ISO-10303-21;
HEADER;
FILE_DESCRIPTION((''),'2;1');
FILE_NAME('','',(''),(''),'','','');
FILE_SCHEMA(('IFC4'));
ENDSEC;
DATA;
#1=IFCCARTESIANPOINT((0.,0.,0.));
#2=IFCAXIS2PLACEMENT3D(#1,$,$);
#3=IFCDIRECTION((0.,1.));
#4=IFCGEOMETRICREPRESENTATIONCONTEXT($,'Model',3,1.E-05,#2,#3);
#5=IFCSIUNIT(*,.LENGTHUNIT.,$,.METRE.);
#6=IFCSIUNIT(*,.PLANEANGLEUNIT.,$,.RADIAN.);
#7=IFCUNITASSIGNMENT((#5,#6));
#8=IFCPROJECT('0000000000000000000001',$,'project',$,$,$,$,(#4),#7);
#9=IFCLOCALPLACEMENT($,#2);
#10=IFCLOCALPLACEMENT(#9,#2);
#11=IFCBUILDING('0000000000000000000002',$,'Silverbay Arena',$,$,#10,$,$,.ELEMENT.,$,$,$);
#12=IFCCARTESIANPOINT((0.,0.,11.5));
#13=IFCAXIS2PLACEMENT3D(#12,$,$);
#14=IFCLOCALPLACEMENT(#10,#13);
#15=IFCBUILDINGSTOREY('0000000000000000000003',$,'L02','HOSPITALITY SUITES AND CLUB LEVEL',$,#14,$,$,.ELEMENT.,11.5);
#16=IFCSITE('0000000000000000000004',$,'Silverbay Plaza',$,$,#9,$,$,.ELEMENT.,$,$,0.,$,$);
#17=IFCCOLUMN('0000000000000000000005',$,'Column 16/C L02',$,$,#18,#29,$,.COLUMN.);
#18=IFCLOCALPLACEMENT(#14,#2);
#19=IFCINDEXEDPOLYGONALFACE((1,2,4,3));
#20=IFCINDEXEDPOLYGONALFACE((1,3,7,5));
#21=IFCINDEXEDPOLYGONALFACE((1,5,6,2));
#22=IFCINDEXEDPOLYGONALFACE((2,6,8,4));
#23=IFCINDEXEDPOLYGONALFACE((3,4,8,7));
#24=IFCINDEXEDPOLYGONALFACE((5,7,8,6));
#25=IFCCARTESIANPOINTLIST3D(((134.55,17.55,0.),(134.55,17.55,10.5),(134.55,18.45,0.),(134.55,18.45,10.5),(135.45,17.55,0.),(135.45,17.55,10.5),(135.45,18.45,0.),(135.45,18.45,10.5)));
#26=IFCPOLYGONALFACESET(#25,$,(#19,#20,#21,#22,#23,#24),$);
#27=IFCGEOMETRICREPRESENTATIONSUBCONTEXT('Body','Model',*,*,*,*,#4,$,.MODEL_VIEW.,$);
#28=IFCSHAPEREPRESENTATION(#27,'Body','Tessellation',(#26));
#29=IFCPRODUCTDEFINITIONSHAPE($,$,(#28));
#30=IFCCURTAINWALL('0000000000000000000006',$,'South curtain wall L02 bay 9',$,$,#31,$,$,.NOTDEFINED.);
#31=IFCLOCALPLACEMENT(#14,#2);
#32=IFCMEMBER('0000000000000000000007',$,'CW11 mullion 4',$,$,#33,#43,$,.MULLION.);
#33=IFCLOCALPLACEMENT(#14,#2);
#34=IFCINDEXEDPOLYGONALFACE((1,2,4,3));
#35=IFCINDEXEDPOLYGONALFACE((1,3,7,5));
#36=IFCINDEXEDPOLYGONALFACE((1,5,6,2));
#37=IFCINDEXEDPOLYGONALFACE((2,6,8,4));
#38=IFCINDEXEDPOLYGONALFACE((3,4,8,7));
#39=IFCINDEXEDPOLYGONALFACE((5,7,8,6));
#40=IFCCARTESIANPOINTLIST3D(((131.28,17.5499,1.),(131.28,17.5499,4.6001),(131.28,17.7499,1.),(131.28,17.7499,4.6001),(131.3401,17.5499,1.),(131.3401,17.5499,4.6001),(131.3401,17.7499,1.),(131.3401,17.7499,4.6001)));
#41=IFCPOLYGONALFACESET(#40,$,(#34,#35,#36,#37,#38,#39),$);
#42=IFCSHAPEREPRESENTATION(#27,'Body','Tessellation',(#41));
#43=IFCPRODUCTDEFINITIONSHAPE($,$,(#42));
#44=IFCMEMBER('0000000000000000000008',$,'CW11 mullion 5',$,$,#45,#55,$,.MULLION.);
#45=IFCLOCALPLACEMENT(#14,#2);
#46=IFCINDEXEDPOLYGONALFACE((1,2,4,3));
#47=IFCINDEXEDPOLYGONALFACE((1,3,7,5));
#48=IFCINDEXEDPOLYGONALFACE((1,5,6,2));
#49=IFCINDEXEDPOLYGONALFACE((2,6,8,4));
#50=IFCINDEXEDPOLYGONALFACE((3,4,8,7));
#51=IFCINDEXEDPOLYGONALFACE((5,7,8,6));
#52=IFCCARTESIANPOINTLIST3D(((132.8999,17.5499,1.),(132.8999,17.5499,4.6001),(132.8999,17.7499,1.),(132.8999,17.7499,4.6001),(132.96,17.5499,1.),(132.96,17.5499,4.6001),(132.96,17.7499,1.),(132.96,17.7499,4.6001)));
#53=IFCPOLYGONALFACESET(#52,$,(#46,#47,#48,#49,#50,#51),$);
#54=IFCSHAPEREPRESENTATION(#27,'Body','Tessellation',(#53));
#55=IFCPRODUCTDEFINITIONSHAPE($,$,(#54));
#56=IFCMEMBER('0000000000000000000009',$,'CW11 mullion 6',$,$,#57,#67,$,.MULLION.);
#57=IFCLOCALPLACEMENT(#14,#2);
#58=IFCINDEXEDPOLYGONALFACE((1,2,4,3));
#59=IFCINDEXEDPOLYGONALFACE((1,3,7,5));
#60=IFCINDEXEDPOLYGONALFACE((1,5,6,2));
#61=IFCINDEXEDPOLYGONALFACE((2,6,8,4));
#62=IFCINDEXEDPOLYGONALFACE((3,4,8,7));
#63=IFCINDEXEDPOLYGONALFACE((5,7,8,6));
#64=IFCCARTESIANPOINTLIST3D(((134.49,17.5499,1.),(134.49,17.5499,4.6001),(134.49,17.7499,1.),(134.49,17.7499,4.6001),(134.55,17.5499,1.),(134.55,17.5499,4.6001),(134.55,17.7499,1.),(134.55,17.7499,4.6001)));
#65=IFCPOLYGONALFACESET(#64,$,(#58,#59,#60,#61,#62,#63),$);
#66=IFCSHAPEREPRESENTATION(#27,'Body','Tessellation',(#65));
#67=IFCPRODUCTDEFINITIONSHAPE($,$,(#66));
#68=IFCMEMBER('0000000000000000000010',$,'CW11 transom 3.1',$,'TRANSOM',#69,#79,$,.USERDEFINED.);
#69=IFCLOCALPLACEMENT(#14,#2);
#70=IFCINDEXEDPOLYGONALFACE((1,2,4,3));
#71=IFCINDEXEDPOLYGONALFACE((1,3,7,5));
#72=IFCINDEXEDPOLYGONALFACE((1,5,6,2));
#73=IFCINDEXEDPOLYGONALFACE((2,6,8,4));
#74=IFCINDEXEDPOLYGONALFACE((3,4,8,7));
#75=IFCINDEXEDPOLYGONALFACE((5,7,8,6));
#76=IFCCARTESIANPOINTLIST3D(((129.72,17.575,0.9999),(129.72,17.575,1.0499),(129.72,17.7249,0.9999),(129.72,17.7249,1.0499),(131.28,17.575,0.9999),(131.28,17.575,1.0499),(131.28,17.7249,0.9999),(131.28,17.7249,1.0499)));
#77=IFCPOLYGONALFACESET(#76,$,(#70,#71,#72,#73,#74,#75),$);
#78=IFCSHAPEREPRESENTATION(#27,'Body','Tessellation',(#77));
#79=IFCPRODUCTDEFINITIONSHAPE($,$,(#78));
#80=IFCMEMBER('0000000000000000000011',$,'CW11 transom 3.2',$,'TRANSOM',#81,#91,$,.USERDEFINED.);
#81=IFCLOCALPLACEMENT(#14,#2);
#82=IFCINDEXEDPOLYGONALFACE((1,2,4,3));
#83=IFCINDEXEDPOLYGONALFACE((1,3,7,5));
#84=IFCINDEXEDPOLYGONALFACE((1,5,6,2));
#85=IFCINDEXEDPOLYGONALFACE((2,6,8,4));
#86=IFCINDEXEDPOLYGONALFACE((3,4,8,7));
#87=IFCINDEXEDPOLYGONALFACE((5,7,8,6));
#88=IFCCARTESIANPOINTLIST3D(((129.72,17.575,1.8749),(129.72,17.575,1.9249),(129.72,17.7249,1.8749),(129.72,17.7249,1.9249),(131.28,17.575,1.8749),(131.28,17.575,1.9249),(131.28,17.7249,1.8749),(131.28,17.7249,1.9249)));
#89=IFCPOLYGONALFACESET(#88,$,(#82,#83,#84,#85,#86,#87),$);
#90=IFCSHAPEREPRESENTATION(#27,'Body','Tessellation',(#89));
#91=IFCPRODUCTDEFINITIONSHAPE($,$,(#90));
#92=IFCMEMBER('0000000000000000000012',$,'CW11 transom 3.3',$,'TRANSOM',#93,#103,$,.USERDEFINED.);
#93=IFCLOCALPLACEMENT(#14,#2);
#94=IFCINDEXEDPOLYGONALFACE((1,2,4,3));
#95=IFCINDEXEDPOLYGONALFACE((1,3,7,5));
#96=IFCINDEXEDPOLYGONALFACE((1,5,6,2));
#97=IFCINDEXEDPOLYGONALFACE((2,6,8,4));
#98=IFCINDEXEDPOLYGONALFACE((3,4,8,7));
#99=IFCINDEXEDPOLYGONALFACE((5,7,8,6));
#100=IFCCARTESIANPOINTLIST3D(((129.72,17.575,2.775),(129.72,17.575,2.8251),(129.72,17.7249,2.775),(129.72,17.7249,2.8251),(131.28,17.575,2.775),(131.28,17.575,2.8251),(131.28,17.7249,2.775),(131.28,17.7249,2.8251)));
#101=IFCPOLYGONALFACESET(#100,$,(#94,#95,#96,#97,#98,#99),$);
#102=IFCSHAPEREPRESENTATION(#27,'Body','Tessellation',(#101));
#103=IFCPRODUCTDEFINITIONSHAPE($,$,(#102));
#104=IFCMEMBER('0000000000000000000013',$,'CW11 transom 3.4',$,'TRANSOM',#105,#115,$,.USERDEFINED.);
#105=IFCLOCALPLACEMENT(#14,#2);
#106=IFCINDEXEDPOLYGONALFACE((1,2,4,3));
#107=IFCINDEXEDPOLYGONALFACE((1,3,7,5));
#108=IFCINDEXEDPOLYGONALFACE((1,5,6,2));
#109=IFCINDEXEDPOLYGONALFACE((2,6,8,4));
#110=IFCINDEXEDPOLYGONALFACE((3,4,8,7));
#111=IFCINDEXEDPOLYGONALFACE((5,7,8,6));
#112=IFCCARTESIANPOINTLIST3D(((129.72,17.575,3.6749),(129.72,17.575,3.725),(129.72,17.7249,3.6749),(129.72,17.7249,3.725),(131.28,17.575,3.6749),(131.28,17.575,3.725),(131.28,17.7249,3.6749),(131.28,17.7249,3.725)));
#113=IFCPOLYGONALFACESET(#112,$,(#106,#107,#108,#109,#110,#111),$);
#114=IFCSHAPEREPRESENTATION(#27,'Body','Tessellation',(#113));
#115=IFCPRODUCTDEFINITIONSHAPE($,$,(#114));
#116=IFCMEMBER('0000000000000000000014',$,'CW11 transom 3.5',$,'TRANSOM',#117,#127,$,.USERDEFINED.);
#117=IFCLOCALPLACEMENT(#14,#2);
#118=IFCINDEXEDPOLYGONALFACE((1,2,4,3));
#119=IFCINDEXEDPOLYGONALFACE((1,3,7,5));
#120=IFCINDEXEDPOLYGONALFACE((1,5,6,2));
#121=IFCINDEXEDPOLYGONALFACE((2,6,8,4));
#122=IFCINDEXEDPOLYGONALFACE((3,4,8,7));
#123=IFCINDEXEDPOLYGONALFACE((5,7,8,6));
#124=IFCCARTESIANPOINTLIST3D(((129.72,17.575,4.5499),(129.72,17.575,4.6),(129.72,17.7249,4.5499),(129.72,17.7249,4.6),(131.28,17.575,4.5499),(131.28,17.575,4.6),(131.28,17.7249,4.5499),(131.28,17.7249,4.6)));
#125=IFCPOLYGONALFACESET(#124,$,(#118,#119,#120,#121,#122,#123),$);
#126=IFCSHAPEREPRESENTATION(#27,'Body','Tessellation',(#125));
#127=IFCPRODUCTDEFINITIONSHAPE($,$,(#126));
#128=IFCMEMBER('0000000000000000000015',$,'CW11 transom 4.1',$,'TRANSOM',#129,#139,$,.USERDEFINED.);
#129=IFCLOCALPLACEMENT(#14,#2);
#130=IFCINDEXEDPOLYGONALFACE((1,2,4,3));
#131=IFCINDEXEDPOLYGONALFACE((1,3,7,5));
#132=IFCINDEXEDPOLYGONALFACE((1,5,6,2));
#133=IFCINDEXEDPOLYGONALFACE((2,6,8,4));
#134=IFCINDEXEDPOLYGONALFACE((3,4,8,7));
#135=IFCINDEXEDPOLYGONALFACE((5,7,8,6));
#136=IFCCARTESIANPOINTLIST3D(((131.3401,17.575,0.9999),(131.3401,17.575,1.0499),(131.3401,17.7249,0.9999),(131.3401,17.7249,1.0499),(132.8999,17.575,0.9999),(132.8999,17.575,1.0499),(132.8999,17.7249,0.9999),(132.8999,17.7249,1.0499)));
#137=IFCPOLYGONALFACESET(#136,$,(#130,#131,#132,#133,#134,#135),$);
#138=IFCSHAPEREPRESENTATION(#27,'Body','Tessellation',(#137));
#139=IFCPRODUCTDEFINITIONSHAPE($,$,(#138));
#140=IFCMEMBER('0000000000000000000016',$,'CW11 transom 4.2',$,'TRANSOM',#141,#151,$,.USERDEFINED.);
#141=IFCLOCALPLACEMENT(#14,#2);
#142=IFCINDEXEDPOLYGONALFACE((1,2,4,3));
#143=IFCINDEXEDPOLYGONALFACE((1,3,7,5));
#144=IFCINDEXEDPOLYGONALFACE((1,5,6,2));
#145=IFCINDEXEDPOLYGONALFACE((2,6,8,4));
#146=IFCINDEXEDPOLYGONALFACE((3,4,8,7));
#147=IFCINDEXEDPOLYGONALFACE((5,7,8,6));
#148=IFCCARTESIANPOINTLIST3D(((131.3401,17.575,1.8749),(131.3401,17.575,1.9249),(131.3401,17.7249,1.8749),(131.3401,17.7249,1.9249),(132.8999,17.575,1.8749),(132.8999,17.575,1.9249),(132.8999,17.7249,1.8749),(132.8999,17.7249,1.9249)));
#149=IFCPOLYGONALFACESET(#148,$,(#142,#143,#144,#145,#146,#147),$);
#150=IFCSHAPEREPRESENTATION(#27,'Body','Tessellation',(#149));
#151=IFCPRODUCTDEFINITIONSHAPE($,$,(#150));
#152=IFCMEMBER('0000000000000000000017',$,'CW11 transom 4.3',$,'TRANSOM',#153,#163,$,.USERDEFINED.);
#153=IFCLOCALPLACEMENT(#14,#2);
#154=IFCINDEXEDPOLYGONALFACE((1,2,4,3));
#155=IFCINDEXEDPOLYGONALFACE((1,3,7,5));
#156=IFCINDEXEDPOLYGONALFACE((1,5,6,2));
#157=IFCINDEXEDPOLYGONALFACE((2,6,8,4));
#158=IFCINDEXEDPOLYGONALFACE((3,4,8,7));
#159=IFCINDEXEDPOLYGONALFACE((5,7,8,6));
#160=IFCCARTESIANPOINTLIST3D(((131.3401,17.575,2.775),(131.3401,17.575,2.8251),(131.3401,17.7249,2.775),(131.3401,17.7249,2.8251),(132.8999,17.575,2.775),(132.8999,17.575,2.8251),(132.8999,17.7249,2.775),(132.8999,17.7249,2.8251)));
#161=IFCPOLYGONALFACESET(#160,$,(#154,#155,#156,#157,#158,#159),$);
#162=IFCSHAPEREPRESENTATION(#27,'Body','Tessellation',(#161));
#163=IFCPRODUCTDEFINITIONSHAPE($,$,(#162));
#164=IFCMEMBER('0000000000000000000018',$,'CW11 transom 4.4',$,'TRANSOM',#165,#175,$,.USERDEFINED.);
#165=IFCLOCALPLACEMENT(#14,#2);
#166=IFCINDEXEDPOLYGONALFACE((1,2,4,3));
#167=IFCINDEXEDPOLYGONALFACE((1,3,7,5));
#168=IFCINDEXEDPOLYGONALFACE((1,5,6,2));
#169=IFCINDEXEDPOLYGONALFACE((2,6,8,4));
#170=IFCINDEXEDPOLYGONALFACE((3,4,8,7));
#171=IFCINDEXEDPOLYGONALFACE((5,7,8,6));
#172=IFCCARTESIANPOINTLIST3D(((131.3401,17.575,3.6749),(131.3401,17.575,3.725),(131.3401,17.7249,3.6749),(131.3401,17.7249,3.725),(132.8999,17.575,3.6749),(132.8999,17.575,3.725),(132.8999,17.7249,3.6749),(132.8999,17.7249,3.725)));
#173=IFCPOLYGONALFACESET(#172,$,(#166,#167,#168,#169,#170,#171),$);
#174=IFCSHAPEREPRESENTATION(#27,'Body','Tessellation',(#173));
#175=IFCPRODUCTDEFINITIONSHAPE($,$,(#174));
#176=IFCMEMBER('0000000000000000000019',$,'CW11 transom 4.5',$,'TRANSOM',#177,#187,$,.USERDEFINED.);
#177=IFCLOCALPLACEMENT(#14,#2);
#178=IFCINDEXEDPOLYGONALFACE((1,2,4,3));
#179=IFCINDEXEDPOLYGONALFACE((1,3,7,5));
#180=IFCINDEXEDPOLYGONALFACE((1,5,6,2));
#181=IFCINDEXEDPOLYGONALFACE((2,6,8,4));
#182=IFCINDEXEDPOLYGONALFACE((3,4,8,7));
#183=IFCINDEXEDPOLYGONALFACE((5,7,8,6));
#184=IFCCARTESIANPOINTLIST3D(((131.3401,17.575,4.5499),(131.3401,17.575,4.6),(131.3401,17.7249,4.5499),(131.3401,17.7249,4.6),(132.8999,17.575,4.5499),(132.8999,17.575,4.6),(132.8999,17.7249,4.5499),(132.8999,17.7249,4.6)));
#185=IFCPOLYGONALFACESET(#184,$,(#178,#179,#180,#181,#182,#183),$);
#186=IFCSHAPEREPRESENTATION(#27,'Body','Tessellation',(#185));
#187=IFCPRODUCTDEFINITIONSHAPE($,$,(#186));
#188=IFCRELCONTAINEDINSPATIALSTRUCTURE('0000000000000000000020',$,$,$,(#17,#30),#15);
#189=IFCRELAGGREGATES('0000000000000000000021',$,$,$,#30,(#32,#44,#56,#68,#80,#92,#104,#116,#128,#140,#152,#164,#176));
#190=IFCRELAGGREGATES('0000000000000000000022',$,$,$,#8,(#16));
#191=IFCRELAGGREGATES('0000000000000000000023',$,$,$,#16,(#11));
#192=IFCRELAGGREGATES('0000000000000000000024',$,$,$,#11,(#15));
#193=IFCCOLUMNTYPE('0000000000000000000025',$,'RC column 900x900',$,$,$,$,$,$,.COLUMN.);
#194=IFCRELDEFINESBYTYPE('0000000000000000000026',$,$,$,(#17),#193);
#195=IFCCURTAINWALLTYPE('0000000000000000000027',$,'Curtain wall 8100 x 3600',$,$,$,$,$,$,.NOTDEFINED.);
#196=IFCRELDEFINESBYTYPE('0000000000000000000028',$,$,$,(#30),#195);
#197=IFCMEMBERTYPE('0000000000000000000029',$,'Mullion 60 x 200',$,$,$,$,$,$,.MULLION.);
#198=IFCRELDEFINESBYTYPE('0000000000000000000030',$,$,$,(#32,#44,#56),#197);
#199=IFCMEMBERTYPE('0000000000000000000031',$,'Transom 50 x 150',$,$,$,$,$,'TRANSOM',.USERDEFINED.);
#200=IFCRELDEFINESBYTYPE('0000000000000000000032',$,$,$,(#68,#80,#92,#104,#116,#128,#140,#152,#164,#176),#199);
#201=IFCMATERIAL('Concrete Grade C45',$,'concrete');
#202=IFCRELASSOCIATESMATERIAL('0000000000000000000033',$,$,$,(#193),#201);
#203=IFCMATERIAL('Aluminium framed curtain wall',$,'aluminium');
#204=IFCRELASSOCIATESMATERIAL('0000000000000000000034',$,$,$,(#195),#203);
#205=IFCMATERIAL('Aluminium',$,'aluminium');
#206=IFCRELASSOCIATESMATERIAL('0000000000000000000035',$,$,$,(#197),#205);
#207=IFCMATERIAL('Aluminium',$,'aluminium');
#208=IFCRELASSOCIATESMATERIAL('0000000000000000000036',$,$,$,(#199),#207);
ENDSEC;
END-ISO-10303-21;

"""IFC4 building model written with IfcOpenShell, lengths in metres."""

from ifc_helpers import new_model, si_unit, direction, frame, origin, origin_2d, place, context, subcontext, project, spatial, rectangle, extrude, material, material_profile, profile_set, type_object, element, aggregate, save


model = new_model("IFC4")

# Units and contexts
model_context = context("Model", 3, precision=1e-05, world=origin(), true_north=direction((0.0, 1.0)))
body_context = subcontext(model_context, "Body", "Model", "MODEL_VIEW")
ifc_project = project(units=[si_unit("LENGTHUNIT", "METRE"), si_unit("PLANEANGLEUNIT", "RADIAN")], contexts=[model_context])

# Site, building, storey
site_placement = place(None, origin())
site = spatial("IfcSite", under=ifc_project, at=site_placement, Name="Silverbay Plaza", CompositionType="ELEMENT", RefElevation=0.0)
building_placement = place(site_placement, origin())
building = spatial("IfcBuilding", under=site, at=building_placement, Name="Silverbay Arena", CompositionType="ELEMENT")
storey_placement = place(building_placement, frame((0.0, 0.0, 11.5)))
storey = spatial("IfcBuildingStorey", under=building, at=storey_placement, Name="L02", Description="HOSPITALITY SUITES AND CLUB LEVEL", CompositionType="ELEMENT", Elevation=11.5)

# Column
ifc_material_1 = material(Name="Concrete Grade C45", Category="concrete")
ifc_material_profile_1 = material_profile(ifc_material_1, rectangle(XDim=0.8999, YDim=0.8999, at=origin_2d()), Name="RC 900x900")
ifc_profile_set_1 = profile_set([ifc_material_profile_1], Name="Concrete Grade C45")
column_type = type_object("IfcColumnType", Name="RC column 900x900", PredefinedType="COLUMN", material=ifc_profile_set_1)
column_placement = place(storey_placement, frame((135.0, 18.0, 0.0), z_axis=(0.0, 0.0, 1.0), x_axis=(1.0, 0.0, 0.0)))
element("IfcColumn", 1, at=column_placement, inside=storey, type_object=column_type, Name="Column 16/C L02", PredefinedType="COLUMN", context=body_context, shape_type="SweptSolid", body=[
    extrude(rectangle(XDim=0.8999, YDim=0.8999, at=origin_2d()), origin(), (0.0, 0.0, 1.0), 10.5),
])

# Curtain wall, members
ifc_material_2 = material(Name="Aluminium framed curtain wall", Category="aluminium")
curtain_wall_type = type_object("IfcCurtainWallType", Name="Curtain wall 8100 x 3600", PredefinedType="NOTDEFINED", material=ifc_material_2)
curtain_wall_placement = place(storey_placement, origin())
curtain_wall = element("IfcCurtainWall", 2, at=curtain_wall_placement, inside=storey, type_object=curtain_wall_type, Name="South curtain wall L02 bay 9", PredefinedType="NOTDEFINED")
ifc_material_3 = material(Name="Aluminium", Category="aluminium")
ifc_material_profile_2 = material_profile(ifc_material_3, rectangle(XDim=0.2, YDim=0.0601, at=origin_2d()), Name="Mullion 60 x 200")
ifc_profile_set_2 = profile_set([ifc_material_profile_2], Name="Aluminium")
member_type_1 = type_object("IfcMemberType", Name="Mullion 60 x 200", PredefinedType="MULLION", material=ifc_profile_set_2)
member_1_placement = place(storey_placement, frame((131.3101, 17.6499, 1.0), z_axis=(0.0, 0.0, 1.0), x_axis=(0.0, 1.0, 0.0)))
member_1 = element("IfcMember", 3, at=member_1_placement, type_object=member_type_1, Name="CW11 mullion 4", PredefinedType="MULLION", context=body_context, shape_type="SweptSolid", body=[
    extrude(rectangle(XDim=0.2, YDim=0.0601, at=origin_2d()), origin(), (0.0, 0.0, 1.0), 3.6001),
])
member_2_placement = place(storey_placement, frame((132.9299, 17.6499, 1.0), z_axis=(0.0, 0.0, 1.0), x_axis=(0.0, 1.0, 0.0)))
member_2 = element("IfcMember", 4, at=member_2_placement, type_object=member_type_1, Name="CW11 mullion 5", PredefinedType="MULLION", context=body_context, shape_type="SweptSolid", body=[
    extrude(rectangle(XDim=0.2, YDim=0.0601, at=origin_2d()), origin(), (0.0, 0.0, 1.0), 3.6001),
])
member_3_placement = place(storey_placement, frame((134.52, 17.6499, 1.0), z_axis=(0.0, 0.0, 1.0), x_axis=(0.0, 1.0, 0.0)))
member_3 = element("IfcMember", 5, at=member_3_placement, type_object=member_type_1, Name="CW11 mullion 6", PredefinedType="MULLION", context=body_context, shape_type="SweptSolid", body=[
    extrude(rectangle(XDim=0.2, YDim=0.0601, at=origin_2d()), origin(), (0.0, 0.0, 1.0), 3.6001),
])
ifc_material_4 = material(Name="Aluminium", Category="aluminium")
ifc_material_profile_3 = material_profile(ifc_material_4, rectangle(XDim=0.1499, YDim=0.05, at=origin_2d()), Name="Transom 50 x 150")
ifc_profile_set_3 = profile_set([ifc_material_profile_3], Name="Aluminium")
member_type_2 = type_object("IfcMemberType", Name="Transom 50 x 150", ElementType="TRANSOM", PredefinedType="USERDEFINED", material=ifc_profile_set_3)
member_4_placement = place(storey_placement, frame((129.72, 17.6499, 1.0249), z_axis=(1.0, 0.0, 0.0), x_axis=(0.0, 1.0, 0.0)))
member_4 = element("IfcMember", 6, at=member_4_placement, type_object=member_type_2, Name="CW11 transom 3.1", ObjectType="TRANSOM", PredefinedType="USERDEFINED", context=body_context, shape_type="SweptSolid", body=[
    extrude(rectangle(XDim=0.1499, YDim=0.05, at=origin_2d()), origin(), (0.0, 0.0, 1.0), 1.5601),
])
member_5_placement = place(storey_placement, frame((129.72, 17.6499, 1.8999), z_axis=(1.0, 0.0, 0.0), x_axis=(0.0, 1.0, 0.0)))
member_5 = element("IfcMember", 7, at=member_5_placement, type_object=member_type_2, Name="CW11 transom 3.2", ObjectType="TRANSOM", PredefinedType="USERDEFINED", context=body_context, shape_type="SweptSolid", body=[
    extrude(rectangle(XDim=0.1499, YDim=0.05, at=origin_2d()), origin(), (0.0, 0.0, 1.0), 1.5601),
])
member_6_placement = place(storey_placement, frame((129.72, 17.6499, 2.8), z_axis=(1.0, 0.0, 0.0), x_axis=(0.0, 1.0, 0.0)))
member_6 = element("IfcMember", 8, at=member_6_placement, type_object=member_type_2, Name="CW11 transom 3.3", ObjectType="TRANSOM", PredefinedType="USERDEFINED", context=body_context, shape_type="SweptSolid", body=[
    extrude(rectangle(XDim=0.1499, YDim=0.05, at=origin_2d()), origin(), (0.0, 0.0, 1.0), 1.5601),
])
member_7_placement = place(storey_placement, frame((129.72, 17.6499, 3.7), z_axis=(1.0, 0.0, 0.0), x_axis=(0.0, 1.0, 0.0)))
member_7 = element("IfcMember", 9, at=member_7_placement, type_object=member_type_2, Name="CW11 transom 3.4", ObjectType="TRANSOM", PredefinedType="USERDEFINED", context=body_context, shape_type="SweptSolid", body=[
    extrude(rectangle(XDim=0.1499, YDim=0.05, at=origin_2d()), origin(), (0.0, 0.0, 1.0), 1.5601),
])
member_8_placement = place(storey_placement, frame((129.72, 17.6499, 4.575), z_axis=(1.0, 0.0, 0.0), x_axis=(0.0, 1.0, 0.0)))
member_8 = element("IfcMember", 10, at=member_8_placement, type_object=member_type_2, Name="CW11 transom 3.5", ObjectType="TRANSOM", PredefinedType="USERDEFINED", context=body_context, shape_type="SweptSolid", body=[
    extrude(rectangle(XDim=0.1499, YDim=0.05, at=origin_2d()), origin(), (0.0, 0.0, 1.0), 1.5601),
])
member_9_placement = place(storey_placement, frame((131.3401, 17.6499, 1.0249), z_axis=(1.0, 0.0, 0.0), x_axis=(0.0, 1.0, 0.0)))
member_9 = element("IfcMember", 11, at=member_9_placement, type_object=member_type_2, Name="CW11 transom 4.1", ObjectType="TRANSOM", PredefinedType="USERDEFINED", context=body_context, shape_type="SweptSolid", body=[
    extrude(rectangle(XDim=0.1499, YDim=0.05, at=origin_2d()), origin(), (0.0, 0.0, 1.0), 1.5598),
])
member_10_placement = place(storey_placement, frame((131.3401, 17.6499, 1.8999), z_axis=(1.0, 0.0, 0.0), x_axis=(0.0, 1.0, 0.0)))
member_10 = element("IfcMember", 12, at=member_10_placement, type_object=member_type_2, Name="CW11 transom 4.2", ObjectType="TRANSOM", PredefinedType="USERDEFINED", context=body_context, shape_type="SweptSolid", body=[
    extrude(rectangle(XDim=0.1499, YDim=0.05, at=origin_2d()), origin(), (0.0, 0.0, 1.0), 1.5598),
])
member_11_placement = place(storey_placement, frame((131.3401, 17.6499, 2.8), z_axis=(1.0, 0.0, 0.0), x_axis=(0.0, 1.0, 0.0)))
member_11 = element("IfcMember", 13, at=member_11_placement, type_object=member_type_2, Name="CW11 transom 4.3", ObjectType="TRANSOM", PredefinedType="USERDEFINED", context=body_context, shape_type="SweptSolid", body=[
    extrude(rectangle(XDim=0.1499, YDim=0.05, at=origin_2d()), origin(), (0.0, 0.0, 1.0), 1.5598),
])
member_12_placement = place(storey_placement, frame((131.3401, 17.6499, 3.7), z_axis=(1.0, 0.0, 0.0), x_axis=(0.0, 1.0, 0.0)))
member_12 = element("IfcMember", 14, at=member_12_placement, type_object=member_type_2, Name="CW11 transom 4.4", ObjectType="TRANSOM", PredefinedType="USERDEFINED", context=body_context, shape_type="SweptSolid", body=[
    extrude(rectangle(XDim=0.1499, YDim=0.05, at=origin_2d()), origin(), (0.0, 0.0, 1.0), 1.5598),
])
member_13_placement = place(storey_placement, frame((131.3401, 17.6499, 4.575), z_axis=(1.0, 0.0, 0.0), x_axis=(0.0, 1.0, 0.0)))
member_13 = element("IfcMember", 15, at=member_13_placement, type_object=member_type_2, Name="CW11 transom 4.5", ObjectType="TRANSOM", PredefinedType="USERDEFINED", context=body_context, shape_type="SweptSolid", body=[
    extrude(rectangle(XDim=0.1499, YDim=0.05, at=origin_2d()), origin(), (0.0, 0.0, 1.0), 1.5598),
])
aggregate(curtain_wall, [member_1, member_2, member_3, member_4, member_5, member_6, member_7, member_8, member_9, member_10, member_11, member_12, member_13])

save(model, "model.ifc")
